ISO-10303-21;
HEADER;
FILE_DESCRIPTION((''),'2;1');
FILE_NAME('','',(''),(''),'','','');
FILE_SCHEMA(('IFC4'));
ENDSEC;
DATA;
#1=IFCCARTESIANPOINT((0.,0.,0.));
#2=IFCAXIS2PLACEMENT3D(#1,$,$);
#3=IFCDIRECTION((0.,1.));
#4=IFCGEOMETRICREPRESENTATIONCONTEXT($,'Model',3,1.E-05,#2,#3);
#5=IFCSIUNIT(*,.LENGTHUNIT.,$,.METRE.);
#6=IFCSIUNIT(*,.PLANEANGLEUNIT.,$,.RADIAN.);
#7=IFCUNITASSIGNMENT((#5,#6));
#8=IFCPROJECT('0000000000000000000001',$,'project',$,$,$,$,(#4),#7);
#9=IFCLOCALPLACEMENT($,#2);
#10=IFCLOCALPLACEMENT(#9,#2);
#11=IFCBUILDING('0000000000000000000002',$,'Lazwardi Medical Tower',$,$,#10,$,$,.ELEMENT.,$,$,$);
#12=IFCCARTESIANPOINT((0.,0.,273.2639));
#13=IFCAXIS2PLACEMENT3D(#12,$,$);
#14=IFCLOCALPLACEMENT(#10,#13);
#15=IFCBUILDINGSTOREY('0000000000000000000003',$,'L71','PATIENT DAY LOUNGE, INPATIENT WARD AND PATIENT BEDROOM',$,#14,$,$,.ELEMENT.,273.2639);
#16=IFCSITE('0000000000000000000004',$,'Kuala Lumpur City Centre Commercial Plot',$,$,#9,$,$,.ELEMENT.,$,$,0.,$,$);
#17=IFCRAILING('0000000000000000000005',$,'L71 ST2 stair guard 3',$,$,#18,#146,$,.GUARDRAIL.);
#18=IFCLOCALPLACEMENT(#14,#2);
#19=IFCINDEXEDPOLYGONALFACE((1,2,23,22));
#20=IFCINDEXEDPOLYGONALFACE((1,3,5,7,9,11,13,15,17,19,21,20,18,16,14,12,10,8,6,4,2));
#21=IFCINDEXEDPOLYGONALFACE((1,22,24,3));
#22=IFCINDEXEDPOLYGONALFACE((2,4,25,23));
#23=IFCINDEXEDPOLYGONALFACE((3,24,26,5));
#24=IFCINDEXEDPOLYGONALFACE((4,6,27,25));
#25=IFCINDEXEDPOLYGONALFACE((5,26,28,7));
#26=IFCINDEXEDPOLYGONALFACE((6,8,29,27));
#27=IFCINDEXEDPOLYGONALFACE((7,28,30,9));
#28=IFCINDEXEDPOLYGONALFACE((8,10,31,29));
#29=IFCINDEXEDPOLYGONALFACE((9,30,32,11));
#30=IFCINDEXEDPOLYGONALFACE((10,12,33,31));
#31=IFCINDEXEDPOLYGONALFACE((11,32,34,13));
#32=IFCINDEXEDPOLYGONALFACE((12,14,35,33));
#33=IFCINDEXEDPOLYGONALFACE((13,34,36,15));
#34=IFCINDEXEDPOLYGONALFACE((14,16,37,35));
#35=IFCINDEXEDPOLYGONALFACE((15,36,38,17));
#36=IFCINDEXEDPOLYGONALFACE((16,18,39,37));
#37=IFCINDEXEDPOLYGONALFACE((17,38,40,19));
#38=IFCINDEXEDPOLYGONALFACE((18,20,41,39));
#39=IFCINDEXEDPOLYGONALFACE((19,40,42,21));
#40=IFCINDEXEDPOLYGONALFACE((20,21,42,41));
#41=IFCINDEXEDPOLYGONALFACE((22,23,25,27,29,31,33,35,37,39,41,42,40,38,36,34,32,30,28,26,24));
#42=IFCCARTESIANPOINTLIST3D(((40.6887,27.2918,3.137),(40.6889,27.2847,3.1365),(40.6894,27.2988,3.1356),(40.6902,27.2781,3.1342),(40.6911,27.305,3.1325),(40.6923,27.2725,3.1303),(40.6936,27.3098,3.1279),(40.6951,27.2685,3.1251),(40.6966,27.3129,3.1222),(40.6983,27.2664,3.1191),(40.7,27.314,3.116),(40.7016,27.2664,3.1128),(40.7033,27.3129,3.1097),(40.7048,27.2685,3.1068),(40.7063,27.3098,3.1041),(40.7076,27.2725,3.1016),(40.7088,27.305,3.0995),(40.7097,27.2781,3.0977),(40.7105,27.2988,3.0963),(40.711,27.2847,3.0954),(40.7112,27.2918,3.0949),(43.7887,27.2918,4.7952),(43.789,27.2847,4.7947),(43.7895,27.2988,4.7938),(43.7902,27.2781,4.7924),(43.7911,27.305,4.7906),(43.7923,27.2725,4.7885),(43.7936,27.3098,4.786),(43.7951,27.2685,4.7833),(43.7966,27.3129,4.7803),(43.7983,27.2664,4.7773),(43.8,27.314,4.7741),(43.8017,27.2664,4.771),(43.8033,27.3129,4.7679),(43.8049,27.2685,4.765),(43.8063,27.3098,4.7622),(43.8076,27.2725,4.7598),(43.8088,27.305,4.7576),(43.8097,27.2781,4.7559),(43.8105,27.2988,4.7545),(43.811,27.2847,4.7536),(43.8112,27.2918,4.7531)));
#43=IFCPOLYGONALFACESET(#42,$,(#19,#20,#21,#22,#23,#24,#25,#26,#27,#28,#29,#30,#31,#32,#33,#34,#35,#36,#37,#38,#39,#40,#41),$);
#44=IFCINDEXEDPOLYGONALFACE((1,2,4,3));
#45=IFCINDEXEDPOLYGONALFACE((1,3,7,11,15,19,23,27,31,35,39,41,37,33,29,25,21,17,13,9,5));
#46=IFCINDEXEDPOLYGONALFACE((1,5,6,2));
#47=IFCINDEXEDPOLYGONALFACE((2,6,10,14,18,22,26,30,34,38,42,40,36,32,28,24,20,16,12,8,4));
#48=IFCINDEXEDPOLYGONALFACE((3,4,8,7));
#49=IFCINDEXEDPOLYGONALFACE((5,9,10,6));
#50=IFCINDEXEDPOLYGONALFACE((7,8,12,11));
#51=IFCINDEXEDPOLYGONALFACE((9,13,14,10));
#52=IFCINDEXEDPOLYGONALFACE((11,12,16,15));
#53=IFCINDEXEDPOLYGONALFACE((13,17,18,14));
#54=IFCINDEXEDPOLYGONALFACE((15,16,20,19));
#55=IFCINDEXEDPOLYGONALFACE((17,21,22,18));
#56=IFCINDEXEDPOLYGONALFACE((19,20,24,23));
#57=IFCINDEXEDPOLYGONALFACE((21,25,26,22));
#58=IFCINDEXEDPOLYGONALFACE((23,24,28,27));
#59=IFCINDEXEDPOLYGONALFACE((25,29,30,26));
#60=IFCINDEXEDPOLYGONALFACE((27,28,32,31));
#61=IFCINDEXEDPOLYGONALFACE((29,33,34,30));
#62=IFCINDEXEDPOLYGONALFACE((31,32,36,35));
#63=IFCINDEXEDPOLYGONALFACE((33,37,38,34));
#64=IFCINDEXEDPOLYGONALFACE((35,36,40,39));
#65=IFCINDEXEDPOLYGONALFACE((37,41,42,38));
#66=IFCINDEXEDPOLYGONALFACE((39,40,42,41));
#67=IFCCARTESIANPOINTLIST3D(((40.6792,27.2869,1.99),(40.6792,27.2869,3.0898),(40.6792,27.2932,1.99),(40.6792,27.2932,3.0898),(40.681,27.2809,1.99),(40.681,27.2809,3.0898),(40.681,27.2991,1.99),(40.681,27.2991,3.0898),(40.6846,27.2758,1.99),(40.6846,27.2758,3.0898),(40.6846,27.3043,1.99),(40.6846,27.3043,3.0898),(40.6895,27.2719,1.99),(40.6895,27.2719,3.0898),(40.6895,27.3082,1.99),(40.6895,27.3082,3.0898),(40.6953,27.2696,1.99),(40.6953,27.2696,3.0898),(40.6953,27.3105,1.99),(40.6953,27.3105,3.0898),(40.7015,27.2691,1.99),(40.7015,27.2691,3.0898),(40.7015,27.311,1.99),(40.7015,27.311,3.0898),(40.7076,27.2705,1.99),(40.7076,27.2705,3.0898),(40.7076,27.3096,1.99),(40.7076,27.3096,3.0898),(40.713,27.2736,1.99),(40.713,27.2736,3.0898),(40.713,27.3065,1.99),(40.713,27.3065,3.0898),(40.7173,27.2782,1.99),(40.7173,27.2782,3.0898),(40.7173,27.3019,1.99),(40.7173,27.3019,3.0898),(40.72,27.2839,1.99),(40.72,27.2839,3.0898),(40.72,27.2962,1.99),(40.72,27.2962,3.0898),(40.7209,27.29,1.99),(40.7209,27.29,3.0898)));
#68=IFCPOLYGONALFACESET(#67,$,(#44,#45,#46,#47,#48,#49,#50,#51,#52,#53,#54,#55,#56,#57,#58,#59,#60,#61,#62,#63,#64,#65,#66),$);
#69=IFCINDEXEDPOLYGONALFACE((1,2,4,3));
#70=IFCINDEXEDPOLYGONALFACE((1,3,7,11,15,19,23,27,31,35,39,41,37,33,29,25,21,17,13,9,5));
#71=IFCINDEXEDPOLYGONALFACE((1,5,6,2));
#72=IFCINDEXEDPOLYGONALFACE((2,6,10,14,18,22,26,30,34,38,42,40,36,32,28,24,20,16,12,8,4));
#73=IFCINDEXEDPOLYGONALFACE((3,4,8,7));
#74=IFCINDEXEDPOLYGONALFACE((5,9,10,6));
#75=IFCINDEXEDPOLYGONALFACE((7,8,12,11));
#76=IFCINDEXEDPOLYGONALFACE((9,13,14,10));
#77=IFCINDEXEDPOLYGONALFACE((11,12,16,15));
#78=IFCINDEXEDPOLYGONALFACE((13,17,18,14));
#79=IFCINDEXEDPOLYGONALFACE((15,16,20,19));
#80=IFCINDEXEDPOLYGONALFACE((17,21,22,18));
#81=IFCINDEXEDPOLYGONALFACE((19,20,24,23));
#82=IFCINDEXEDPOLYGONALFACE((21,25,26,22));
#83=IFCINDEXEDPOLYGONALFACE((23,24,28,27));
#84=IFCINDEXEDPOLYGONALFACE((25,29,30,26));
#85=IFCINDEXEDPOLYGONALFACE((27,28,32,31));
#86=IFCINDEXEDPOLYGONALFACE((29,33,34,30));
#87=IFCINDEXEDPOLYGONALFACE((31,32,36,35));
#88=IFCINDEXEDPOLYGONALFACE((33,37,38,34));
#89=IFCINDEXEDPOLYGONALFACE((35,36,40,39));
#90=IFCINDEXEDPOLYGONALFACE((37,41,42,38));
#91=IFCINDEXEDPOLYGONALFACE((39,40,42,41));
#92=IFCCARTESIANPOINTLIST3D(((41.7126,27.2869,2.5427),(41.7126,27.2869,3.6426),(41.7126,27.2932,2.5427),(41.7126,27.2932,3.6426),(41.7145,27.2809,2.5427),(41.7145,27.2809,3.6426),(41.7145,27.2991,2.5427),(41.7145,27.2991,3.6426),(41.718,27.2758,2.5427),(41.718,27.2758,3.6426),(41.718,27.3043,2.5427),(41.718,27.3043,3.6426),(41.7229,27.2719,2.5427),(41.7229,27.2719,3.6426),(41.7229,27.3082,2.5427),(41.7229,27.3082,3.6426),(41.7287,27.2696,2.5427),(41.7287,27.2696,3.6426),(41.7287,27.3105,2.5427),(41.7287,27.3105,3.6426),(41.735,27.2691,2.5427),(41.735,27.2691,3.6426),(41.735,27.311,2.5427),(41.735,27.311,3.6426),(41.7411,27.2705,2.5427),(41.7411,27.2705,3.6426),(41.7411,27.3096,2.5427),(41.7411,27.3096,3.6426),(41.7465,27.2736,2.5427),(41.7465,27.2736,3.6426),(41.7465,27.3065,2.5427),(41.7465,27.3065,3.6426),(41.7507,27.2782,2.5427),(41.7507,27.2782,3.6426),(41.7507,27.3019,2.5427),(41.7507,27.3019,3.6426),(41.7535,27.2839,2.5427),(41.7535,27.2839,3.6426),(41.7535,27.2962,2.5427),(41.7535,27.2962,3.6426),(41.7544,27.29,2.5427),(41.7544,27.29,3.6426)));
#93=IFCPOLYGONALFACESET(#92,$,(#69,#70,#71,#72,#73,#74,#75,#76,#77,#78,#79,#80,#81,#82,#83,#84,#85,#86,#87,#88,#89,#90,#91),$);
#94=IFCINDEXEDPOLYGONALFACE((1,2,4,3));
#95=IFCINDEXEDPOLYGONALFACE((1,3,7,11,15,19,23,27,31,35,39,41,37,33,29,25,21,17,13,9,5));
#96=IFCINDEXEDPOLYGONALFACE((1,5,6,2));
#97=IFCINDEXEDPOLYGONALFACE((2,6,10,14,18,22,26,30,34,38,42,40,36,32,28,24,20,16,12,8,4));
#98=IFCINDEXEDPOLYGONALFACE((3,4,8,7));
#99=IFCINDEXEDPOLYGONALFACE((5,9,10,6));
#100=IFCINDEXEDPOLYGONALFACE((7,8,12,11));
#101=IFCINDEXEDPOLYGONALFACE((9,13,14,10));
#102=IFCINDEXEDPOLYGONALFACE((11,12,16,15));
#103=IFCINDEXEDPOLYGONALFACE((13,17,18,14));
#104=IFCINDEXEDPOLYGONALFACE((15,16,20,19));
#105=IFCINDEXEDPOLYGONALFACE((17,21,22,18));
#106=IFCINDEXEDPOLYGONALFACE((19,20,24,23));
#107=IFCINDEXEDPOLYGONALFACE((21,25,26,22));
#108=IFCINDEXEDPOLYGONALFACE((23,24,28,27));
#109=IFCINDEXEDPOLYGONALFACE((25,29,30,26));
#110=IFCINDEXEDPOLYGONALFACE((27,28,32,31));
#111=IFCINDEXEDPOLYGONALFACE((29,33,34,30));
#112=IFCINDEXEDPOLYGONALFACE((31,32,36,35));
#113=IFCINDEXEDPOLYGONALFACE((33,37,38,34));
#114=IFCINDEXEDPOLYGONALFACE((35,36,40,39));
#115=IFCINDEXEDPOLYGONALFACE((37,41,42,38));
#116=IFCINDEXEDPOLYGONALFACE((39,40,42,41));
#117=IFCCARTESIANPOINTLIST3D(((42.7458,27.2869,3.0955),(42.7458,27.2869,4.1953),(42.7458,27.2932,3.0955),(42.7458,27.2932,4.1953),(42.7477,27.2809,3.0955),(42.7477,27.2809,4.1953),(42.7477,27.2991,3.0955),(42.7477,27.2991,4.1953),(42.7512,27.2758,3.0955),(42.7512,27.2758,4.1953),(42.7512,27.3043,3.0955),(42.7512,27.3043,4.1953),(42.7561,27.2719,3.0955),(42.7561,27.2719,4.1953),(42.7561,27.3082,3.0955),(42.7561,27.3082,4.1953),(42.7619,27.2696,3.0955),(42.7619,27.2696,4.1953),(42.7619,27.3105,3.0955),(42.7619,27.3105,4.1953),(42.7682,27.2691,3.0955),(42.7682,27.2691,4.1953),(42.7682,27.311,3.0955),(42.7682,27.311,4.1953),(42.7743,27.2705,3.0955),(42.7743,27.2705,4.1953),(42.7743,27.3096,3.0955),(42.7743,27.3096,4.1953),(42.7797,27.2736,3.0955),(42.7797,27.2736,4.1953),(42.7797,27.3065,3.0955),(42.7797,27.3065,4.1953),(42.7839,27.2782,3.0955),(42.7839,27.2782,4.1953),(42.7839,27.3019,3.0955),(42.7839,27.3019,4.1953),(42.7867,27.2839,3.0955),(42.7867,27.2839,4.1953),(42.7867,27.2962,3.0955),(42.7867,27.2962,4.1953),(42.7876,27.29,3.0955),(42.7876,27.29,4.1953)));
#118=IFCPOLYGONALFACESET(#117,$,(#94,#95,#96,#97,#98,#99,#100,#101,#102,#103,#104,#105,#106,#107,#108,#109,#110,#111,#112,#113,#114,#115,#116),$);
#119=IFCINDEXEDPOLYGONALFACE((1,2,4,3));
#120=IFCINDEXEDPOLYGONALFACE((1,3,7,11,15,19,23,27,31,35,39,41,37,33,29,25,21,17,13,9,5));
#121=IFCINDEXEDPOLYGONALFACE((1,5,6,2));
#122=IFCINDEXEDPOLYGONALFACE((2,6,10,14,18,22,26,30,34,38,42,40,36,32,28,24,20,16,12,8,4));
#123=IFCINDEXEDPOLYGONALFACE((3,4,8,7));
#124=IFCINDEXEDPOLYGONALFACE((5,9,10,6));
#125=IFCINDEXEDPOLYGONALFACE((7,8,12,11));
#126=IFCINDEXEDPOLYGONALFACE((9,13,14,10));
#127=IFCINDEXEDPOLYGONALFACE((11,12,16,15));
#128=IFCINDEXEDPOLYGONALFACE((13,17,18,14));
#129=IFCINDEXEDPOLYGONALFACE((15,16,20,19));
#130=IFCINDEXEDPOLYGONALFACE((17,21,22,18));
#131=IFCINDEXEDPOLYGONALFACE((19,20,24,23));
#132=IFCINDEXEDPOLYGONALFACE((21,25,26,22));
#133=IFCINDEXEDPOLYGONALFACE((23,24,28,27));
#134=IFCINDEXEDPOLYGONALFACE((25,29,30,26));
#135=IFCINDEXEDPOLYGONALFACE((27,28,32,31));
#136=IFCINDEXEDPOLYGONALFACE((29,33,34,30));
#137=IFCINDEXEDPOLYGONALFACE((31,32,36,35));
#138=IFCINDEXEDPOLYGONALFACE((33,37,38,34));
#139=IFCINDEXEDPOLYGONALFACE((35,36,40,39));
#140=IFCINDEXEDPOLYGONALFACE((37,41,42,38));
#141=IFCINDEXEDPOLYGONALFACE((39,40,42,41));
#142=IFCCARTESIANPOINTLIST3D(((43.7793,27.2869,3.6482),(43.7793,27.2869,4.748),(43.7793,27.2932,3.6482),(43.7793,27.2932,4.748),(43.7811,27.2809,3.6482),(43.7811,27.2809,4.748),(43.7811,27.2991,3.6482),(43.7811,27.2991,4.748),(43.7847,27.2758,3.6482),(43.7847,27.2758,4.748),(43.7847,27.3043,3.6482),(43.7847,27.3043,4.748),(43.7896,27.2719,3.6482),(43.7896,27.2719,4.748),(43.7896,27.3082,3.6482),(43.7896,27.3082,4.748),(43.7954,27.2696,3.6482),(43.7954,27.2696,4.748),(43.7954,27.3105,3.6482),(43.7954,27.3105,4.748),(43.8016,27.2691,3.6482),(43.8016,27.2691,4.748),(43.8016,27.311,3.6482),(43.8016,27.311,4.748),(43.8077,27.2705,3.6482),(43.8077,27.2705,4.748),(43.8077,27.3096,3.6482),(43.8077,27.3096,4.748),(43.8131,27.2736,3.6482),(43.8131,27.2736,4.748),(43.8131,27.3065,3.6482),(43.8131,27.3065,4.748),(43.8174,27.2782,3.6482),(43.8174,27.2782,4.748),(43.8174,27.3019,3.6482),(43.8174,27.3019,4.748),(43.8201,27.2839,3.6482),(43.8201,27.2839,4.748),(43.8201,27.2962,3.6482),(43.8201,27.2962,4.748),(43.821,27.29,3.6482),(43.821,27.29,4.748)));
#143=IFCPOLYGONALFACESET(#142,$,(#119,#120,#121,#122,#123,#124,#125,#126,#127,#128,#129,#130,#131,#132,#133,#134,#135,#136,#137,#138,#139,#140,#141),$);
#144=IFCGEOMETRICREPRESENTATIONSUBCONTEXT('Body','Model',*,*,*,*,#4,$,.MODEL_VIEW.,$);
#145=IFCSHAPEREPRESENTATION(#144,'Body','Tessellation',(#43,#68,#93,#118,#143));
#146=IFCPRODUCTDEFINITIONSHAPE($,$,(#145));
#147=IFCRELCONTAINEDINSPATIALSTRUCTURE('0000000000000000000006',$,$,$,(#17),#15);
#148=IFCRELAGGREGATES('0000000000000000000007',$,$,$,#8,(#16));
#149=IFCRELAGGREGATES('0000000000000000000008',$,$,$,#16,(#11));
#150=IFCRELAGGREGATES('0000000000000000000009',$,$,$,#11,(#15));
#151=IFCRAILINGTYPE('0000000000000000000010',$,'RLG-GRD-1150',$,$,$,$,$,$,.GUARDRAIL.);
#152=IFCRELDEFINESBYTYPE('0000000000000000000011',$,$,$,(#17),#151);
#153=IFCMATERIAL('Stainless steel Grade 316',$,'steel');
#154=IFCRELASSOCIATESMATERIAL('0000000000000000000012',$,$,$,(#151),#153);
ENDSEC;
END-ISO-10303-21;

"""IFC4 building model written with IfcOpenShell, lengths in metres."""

from ifc_helpers import new_model, si_unit, direction, frame, origin, origin_2d, place, context, subcontext, project, spatial, circle, extrude, material, type_object, element, save


model = new_model("IFC4")

# Units and contexts
model_context = context("Model", 3, precision=1e-05, world=origin(), true_north=direction((0.0, 1.0)))
body_context = subcontext(model_context, "Body", "Model", "MODEL_VIEW")
ifc_project = project(units=[si_unit("LENGTHUNIT", "METRE"), si_unit("PLANEANGLEUNIT", "RADIAN")], contexts=[model_context])

# Site, building, storey
site_placement = place(None, origin())
site = spatial("IfcSite", under=ifc_project, at=site_placement, Name="Kuala Lumpur City Centre Commercial Plot", CompositionType="ELEMENT", RefElevation=0.0)
building_placement = place(site_placement, origin())
building = spatial("IfcBuilding", under=site, at=building_placement, Name="Lazwardi Medical Tower", CompositionType="ELEMENT")
storey_placement = place(building_placement, frame((0.0, 0.0, 273.2639)))
storey = spatial("IfcBuildingStorey", under=building, at=storey_placement, Name="L71", Description="PATIENT DAY LOUNGE, INPATIENT WARD AND PATIENT BEDROOM", CompositionType="ELEMENT", Elevation=273.2639)

# Railing
ifc_material_1 = material(Name="Stainless steel Grade 316", Category="steel")
railing_type_1 = type_object("IfcRailingType", Name="RLG-GRD-1150", PredefinedType="GUARDRAIL", material=ifc_material_1)
railing_1_placement = place(storey_placement, frame((40.7, 27.29, 1.99)))
element("IfcRailing", 1, at=railing_1_placement, inside=storey, type_object=railing_type_1, Name="L71 ST2 stair guard 3", PredefinedType="GUARDRAIL", context=body_context, shape_type="SweptSolid", body=[
    extrude(circle(Radius=0.0239, at=origin_2d()), frame((0.0, 0.0, 1.126), z_axis=(0.881783, 0.0, 0.471655), x_axis=(0.0, 1.0, 0.0)), (0.0, 0.0, 1.0), 3.5156),
    extrude(circle(Radius=0.021, at=origin_2d()), origin(), (0.0, 0.0, 1.0), 1.0999),
    extrude(circle(Radius=0.021, at=origin_2d()), frame((1.0334, 0.0, 0.5527)), (0.0, 0.0, 1.0), 1.0999),
    extrude(circle(Radius=0.021, at=origin_2d()), frame((2.0667, 0.0, 1.1055)), (0.0, 0.0, 1.0), 1.0999),
    extrude(circle(Radius=0.021, at=origin_2d()), frame((3.1001, 0.0, 1.6582)), (0.0, 0.0, 1.0), 1.0999),
])

save(model, "model.ifc")
